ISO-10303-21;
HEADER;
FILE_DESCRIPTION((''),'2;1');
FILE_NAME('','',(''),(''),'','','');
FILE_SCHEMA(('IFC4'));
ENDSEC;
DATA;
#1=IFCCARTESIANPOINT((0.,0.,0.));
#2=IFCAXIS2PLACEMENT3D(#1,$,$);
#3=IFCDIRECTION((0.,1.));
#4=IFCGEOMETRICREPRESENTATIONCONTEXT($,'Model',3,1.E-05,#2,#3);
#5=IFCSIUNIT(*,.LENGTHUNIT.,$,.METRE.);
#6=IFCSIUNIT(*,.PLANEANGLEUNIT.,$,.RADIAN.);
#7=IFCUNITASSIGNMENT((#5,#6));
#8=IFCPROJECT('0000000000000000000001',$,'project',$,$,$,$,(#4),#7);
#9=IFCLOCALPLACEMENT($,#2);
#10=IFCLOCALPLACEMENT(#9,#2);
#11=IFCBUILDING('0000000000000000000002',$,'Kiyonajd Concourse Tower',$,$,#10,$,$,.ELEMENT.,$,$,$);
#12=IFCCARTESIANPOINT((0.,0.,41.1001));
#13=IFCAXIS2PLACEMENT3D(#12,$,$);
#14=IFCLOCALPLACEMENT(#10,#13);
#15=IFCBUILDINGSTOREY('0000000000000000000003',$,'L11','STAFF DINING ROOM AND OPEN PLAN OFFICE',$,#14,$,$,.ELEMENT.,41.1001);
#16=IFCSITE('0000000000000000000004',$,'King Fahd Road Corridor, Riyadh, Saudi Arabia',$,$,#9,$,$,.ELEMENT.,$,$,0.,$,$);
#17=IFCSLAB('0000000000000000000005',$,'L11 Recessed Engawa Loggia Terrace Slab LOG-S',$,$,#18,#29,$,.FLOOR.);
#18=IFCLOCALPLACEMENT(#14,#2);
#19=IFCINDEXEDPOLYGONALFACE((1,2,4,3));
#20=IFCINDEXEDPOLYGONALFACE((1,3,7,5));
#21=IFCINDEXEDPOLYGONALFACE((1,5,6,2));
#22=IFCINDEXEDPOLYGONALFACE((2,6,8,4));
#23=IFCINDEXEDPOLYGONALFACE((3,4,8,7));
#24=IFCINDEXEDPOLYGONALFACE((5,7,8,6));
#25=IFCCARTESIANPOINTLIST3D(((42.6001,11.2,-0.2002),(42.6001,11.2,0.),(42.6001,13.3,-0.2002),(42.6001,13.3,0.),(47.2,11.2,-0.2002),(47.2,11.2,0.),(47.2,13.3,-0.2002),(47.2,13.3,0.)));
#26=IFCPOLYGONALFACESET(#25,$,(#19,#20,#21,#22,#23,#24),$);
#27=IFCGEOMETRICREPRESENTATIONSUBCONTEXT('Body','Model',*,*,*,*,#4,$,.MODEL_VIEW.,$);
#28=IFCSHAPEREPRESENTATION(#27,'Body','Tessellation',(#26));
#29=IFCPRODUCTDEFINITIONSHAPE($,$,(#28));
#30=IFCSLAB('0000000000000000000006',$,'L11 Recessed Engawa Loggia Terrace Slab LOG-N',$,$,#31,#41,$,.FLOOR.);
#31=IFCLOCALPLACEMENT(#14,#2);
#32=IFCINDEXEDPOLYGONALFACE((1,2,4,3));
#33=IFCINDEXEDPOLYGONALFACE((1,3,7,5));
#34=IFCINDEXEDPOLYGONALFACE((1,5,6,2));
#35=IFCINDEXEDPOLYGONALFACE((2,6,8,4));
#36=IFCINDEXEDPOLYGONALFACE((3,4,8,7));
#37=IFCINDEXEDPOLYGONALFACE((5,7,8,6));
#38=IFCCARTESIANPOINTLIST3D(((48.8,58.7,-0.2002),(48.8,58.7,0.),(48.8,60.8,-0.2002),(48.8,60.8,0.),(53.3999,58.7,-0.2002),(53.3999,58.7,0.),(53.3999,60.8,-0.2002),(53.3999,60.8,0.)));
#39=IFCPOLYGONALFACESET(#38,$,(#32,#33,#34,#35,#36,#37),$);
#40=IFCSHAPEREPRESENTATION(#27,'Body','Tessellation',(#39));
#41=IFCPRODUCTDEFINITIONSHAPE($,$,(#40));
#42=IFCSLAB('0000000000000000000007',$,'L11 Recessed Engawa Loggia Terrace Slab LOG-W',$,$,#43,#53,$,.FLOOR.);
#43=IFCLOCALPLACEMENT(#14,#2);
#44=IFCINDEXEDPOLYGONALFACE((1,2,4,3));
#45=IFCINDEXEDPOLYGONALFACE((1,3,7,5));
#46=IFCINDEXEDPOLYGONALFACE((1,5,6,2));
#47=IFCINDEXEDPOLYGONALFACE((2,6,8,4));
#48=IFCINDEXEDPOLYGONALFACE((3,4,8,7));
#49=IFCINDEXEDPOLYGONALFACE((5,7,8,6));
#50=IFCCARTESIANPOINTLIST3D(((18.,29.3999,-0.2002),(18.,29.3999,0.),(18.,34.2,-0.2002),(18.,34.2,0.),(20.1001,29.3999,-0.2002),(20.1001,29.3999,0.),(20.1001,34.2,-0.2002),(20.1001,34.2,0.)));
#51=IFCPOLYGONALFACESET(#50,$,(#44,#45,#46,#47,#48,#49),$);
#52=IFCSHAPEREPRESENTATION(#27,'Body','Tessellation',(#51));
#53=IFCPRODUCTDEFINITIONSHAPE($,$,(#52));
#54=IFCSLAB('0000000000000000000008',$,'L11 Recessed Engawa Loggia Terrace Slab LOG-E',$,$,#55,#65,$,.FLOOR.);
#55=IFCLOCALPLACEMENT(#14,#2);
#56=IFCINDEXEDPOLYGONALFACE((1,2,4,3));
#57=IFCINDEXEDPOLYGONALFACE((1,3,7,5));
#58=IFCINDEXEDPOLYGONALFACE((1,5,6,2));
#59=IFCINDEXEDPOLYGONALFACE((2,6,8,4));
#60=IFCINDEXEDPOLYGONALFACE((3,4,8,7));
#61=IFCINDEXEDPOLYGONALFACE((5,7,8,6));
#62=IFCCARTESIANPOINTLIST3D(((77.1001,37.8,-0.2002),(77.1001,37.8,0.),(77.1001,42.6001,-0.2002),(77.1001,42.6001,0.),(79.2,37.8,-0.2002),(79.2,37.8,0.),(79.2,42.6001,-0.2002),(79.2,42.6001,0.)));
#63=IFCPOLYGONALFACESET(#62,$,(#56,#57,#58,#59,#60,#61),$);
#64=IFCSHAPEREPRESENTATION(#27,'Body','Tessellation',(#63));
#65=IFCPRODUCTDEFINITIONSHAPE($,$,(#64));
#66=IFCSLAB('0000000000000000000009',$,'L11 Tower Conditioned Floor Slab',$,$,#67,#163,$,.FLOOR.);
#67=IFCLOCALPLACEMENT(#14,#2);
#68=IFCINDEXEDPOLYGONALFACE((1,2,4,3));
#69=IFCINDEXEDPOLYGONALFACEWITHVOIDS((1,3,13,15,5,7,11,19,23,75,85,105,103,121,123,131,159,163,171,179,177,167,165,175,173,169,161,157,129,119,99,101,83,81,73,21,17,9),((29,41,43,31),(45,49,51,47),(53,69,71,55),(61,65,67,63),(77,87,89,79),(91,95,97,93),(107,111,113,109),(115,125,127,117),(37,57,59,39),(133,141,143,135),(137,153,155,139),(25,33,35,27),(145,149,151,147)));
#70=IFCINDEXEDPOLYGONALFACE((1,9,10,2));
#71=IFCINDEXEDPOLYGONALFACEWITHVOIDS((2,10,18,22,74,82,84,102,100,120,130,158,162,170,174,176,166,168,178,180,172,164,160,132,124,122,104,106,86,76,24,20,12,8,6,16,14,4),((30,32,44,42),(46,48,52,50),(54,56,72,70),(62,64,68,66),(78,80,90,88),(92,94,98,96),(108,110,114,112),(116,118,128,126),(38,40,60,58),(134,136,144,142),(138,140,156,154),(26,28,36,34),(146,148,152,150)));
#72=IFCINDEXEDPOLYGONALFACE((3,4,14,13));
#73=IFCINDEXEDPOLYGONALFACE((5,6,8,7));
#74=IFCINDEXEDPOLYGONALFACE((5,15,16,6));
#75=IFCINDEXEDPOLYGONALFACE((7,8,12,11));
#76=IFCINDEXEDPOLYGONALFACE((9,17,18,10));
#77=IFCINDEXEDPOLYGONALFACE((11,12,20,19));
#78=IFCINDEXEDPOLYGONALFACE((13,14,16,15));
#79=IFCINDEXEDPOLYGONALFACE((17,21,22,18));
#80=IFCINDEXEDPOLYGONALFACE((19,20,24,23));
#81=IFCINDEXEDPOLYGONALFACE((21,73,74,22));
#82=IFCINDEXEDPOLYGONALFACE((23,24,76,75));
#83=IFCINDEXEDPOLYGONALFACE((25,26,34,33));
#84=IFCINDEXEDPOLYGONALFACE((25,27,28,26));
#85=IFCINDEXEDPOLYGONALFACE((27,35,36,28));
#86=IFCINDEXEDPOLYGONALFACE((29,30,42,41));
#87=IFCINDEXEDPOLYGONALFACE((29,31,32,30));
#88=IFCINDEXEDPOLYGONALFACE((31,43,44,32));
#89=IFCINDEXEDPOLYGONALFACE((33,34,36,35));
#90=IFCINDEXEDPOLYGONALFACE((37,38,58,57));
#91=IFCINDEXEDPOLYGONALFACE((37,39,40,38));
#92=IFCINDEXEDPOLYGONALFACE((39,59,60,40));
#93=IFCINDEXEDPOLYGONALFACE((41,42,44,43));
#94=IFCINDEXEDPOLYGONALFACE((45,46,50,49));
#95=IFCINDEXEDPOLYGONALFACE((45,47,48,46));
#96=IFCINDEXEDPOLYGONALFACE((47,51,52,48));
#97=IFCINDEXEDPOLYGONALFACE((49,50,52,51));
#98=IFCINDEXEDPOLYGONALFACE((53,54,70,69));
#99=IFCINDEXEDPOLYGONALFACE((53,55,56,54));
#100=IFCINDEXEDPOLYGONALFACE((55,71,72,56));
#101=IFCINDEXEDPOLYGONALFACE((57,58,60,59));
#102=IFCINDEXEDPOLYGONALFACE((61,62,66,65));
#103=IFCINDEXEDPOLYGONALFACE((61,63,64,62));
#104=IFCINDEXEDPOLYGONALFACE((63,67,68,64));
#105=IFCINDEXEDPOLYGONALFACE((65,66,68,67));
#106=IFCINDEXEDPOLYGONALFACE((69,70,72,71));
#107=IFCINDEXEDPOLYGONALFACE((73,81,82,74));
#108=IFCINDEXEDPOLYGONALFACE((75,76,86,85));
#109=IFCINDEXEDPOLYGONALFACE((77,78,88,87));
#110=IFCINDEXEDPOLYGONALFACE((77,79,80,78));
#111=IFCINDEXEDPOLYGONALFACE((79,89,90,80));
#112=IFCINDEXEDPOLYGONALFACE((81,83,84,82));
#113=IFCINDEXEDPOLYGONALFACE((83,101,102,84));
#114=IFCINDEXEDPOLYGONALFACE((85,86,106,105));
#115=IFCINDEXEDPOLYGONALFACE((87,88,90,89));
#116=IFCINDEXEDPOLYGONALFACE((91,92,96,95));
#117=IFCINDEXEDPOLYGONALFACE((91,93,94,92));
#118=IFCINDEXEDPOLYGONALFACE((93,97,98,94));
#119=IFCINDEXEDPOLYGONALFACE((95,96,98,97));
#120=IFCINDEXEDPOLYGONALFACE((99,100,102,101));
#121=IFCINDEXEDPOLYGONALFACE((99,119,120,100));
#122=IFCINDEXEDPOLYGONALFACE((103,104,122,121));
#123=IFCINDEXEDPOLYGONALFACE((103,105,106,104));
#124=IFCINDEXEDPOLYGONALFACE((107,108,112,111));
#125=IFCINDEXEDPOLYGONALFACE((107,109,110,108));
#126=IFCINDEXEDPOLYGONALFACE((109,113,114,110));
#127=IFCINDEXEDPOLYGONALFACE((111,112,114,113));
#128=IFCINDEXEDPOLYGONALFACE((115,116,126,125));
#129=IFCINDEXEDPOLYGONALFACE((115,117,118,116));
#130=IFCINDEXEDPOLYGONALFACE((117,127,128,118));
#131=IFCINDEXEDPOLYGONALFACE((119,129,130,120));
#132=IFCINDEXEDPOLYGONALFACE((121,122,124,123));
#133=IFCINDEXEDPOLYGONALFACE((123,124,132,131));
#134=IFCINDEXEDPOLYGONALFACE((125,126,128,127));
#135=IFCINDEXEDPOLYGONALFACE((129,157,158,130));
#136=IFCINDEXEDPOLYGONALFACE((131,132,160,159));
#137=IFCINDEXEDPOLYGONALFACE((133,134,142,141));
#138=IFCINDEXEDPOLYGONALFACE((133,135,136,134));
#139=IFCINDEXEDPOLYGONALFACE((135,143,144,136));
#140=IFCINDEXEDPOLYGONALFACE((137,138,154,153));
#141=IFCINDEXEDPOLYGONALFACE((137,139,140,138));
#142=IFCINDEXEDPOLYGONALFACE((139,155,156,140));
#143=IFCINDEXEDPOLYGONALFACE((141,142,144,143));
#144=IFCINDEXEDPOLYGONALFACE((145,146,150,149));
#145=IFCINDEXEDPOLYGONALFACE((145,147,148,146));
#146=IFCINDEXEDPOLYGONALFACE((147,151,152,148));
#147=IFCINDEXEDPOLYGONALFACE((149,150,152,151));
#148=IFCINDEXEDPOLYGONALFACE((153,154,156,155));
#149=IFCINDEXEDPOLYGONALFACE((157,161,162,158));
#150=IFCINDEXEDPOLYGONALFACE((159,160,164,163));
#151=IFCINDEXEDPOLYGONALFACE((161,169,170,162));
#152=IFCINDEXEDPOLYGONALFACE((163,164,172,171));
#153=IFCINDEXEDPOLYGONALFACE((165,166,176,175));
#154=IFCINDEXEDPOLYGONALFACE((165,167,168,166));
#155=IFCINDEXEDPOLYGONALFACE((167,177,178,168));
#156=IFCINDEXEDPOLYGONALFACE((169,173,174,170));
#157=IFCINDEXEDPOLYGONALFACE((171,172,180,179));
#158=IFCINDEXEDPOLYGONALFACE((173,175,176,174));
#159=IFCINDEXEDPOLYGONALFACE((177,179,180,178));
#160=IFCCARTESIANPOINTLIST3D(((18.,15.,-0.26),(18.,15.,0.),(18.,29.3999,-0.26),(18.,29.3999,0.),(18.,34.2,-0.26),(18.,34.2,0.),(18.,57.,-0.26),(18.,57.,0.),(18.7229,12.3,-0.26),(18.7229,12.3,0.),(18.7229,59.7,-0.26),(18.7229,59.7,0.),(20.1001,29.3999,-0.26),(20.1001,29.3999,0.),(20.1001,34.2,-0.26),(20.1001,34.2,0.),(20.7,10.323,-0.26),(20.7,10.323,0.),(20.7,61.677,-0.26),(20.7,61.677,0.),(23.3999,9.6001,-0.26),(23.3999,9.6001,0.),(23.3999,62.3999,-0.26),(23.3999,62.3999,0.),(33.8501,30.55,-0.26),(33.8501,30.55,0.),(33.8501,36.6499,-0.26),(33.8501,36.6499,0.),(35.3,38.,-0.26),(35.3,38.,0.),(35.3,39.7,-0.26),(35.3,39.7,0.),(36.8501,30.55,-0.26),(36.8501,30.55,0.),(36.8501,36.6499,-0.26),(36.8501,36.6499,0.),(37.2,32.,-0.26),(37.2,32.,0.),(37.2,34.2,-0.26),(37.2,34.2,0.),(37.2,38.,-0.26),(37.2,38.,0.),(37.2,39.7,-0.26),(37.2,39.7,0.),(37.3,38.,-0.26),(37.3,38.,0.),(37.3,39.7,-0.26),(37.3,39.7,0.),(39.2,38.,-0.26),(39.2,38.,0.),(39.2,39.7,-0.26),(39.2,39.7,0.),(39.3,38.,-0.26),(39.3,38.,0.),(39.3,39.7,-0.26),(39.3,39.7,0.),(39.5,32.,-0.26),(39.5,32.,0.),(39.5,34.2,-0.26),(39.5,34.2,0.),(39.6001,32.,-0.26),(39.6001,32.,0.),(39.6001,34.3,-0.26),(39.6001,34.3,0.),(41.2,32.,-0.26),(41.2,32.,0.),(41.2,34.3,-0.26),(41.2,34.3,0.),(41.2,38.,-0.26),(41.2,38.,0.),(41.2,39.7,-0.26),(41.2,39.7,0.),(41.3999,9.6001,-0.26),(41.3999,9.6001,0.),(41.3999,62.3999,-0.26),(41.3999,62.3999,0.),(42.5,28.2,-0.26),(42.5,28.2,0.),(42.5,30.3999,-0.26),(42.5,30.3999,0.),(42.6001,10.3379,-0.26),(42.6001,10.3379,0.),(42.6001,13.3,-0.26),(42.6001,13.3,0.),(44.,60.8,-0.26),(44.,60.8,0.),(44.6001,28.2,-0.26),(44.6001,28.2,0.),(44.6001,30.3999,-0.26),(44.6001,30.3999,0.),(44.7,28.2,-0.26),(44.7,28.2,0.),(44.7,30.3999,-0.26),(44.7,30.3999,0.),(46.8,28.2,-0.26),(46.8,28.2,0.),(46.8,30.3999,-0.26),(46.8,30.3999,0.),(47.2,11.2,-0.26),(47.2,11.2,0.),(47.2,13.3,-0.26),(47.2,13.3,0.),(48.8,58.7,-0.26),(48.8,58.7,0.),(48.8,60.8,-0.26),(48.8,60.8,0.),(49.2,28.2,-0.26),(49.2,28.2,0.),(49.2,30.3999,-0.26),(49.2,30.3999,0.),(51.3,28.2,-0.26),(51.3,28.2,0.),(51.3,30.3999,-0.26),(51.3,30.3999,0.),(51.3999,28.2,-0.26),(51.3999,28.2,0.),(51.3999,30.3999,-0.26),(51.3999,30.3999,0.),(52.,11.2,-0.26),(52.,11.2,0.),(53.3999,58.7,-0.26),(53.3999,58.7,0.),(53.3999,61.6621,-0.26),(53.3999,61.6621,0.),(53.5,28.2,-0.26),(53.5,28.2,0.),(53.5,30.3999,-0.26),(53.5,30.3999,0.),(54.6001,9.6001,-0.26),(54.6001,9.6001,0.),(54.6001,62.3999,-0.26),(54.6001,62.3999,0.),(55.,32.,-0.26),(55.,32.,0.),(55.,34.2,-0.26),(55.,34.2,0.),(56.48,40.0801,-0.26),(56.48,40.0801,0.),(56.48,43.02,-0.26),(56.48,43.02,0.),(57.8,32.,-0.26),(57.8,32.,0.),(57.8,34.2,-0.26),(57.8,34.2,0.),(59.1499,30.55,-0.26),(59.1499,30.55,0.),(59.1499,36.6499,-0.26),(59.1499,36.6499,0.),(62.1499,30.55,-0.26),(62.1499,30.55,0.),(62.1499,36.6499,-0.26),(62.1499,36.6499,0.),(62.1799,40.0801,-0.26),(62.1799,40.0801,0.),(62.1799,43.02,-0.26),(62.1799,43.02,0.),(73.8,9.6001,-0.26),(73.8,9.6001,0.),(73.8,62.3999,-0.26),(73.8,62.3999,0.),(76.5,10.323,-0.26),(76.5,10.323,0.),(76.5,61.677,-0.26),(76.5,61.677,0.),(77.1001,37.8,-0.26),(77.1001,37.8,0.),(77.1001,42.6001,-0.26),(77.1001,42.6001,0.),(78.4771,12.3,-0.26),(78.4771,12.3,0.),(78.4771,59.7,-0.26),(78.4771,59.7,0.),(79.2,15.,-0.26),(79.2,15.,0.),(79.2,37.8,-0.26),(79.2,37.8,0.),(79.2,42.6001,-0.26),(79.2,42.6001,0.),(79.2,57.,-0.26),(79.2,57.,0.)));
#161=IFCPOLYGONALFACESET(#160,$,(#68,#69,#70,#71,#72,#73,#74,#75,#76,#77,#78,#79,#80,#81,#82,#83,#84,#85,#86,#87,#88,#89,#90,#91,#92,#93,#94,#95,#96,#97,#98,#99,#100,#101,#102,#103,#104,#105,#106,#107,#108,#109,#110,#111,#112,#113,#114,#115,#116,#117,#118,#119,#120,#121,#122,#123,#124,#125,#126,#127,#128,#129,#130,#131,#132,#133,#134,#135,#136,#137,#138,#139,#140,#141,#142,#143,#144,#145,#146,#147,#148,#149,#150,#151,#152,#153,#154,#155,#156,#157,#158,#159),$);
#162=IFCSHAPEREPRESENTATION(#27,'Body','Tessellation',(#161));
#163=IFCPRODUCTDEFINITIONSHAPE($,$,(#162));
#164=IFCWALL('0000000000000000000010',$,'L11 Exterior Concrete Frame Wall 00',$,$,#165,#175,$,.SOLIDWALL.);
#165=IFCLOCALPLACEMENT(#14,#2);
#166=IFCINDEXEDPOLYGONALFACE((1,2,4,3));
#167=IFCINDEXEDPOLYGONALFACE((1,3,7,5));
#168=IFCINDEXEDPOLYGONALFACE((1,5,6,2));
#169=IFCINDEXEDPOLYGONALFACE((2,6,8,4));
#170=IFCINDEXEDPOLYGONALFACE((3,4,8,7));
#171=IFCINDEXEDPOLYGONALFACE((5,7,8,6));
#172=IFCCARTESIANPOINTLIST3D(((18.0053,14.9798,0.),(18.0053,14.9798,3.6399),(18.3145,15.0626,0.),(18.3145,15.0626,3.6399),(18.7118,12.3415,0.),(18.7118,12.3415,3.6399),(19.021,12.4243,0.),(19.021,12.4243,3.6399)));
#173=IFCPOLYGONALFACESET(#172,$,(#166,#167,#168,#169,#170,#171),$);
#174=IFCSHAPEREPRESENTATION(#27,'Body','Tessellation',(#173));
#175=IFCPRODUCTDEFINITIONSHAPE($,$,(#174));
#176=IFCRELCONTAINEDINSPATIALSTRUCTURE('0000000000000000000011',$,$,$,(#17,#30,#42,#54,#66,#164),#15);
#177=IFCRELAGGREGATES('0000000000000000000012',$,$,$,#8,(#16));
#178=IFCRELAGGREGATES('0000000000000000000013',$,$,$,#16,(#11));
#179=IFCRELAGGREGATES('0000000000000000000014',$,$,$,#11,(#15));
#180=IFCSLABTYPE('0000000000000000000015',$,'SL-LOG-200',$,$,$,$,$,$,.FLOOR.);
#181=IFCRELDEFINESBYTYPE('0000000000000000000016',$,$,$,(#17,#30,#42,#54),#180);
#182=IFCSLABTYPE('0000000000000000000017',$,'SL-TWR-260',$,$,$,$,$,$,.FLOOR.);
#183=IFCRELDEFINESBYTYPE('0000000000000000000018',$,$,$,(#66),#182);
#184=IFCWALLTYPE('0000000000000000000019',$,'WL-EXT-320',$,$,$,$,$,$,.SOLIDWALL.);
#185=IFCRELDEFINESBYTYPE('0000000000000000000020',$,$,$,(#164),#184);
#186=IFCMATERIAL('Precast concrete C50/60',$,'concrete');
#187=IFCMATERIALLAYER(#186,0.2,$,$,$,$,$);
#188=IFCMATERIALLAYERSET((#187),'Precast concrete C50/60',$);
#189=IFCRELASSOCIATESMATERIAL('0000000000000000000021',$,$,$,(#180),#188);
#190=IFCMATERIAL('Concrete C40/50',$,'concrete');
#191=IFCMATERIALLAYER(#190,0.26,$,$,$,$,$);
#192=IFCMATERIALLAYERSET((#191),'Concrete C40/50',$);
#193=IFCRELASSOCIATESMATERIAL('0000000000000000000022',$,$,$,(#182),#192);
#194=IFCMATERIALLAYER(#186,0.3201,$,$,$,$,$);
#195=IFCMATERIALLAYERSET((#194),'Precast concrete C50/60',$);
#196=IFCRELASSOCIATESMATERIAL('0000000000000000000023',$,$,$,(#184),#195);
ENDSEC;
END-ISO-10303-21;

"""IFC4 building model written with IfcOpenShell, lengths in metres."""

from ifc_helpers import new_model, si_unit, direction, frame, frame_2d, origin, place, context, subcontext, project, spatial, polyline, rectangle, outline, extrude, material, layer, layer_set, type_object, element, save


model = new_model("IFC4")

# Units and contexts
model_context = context("Model", 3, precision=1e-05, world=origin(), true_north=direction((0.0, 1.0)))
body_context = subcontext(model_context, "Body", "Model", "MODEL_VIEW")
ifc_project = project(units=[si_unit("LENGTHUNIT", "METRE"), si_unit("PLANEANGLEUNIT", "RADIAN")], contexts=[model_context])

# Site, building, storey
site_placement = place(None, origin())
site = spatial("IfcSite", under=ifc_project, at=site_placement, Name="King Fahd Road Corridor, Riyadh, Saudi Arabia", CompositionType="ELEMENT", RefElevation=0.0)
building_placement = place(site_placement, origin())
building = spatial("IfcBuilding", under=site, at=building_placement, Name="Kiyonajd Concourse Tower", CompositionType="ELEMENT")
storey_placement = place(building_placement, frame((0.0, 0.0, 41.1001)))
storey = spatial("IfcBuildingStorey", under=building, at=storey_placement, Name="L11", Description="STAFF DINING ROOM AND OPEN PLAN OFFICE", CompositionType="ELEMENT", Elevation=41.1001)

# Shared definitions
ifc_material_1 = material(Name="Precast concrete C50/60", Category="concrete")

# Shared definitions
ifc_material_2 = material(Name="Concrete C40/50", Category="concrete")

# Slabs
ifc_layer_1 = layer(ifc_material_1, 0.2)
ifc_layer_set_1 = layer_set([ifc_layer_1], Name="Precast concrete C50/60")
slab_type_1 = type_object("IfcSlabType", Name="SL-LOG-200", PredefinedType="FLOOR", material=ifc_layer_set_1)
slab_1_placement = place(storey_placement, frame((0.0, 0.0, -0.2002)))
element("IfcSlab", 1, at=slab_1_placement, inside=storey, type_object=slab_type_1, Name="L11 Recessed Engawa Loggia Terrace Slab LOG-S", PredefinedType="FLOOR", context=body_context, shape_type="SweptSolid", body=[
    extrude(outline(polyline([(42.6001, 11.2), (47.2, 11.2), (47.2, 13.3), (42.6001, 13.3), (42.6001, 11.2)])), origin(), (0.0, 0.0, 1.0), 0.2002),
])
slab_2_placement = place(storey_placement, frame((0.0, 0.0, -0.2002)))
element("IfcSlab", 2, at=slab_2_placement, inside=storey, type_object=slab_type_1, Name="L11 Recessed Engawa Loggia Terrace Slab LOG-N", PredefinedType="FLOOR", context=body_context, shape_type="SweptSolid", body=[
    extrude(outline(polyline([(48.8, 58.7), (53.3999, 58.7), (53.3999, 60.8), (48.8, 60.8), (48.8, 58.7)])), origin(), (0.0, 0.0, 1.0), 0.2002),
])
slab_3_placement = place(storey_placement, frame((0.0, 0.0, -0.2002)))
element("IfcSlab", 3, at=slab_3_placement, inside=storey, type_object=slab_type_1, Name="L11 Recessed Engawa Loggia Terrace Slab LOG-W", PredefinedType="FLOOR", context=body_context, shape_type="SweptSolid", body=[
    extrude(outline(polyline([(18.0, 29.3999), (20.1001, 29.3999), (20.1001, 34.2), (18.0, 34.2), (18.0, 29.3999)])), origin(), (0.0, 0.0, 1.0), 0.2002),
])
slab_4_placement = place(storey_placement, frame((0.0, 0.0, -0.2002)))
element("IfcSlab", 4, at=slab_4_placement, inside=storey, type_object=slab_type_1, Name="L11 Recessed Engawa Loggia Terrace Slab LOG-E", PredefinedType="FLOOR", context=body_context, shape_type="SweptSolid", body=[
    extrude(outline(polyline([(77.1001, 37.8), (79.2, 37.8), (79.2, 42.6001), (77.1001, 42.6001), (77.1001, 37.8)])), origin(), (0.0, 0.0, 1.0), 0.2002),
])
ifc_layer_2 = layer(ifc_material_2, 0.26)
ifc_layer_set_2 = layer_set([ifc_layer_2], Name="Concrete C40/50")
slab_type_2 = type_object("IfcSlabType", Name="SL-TWR-260", PredefinedType="FLOOR", material=ifc_layer_set_2)
slab_5_placement = place(storey_placement, frame((0.0, 0.0, -0.26)))
element("IfcSlab", 5, at=slab_5_placement, inside=storey, type_object=slab_type_2, Name="L11 Tower Conditioned Floor Slab", PredefinedType="FLOOR", context=body_context, shape_type="SweptSolid", body=[
    extrude(outline(polyline([(18.7229, 12.3), (18.0, 15.0), (18.0, 29.3999), (20.1001, 29.3999), (20.1001, 34.2), (18.0, 34.2), (18.0, 57.0), (18.7229, 59.7), (20.7, 61.677), (23.3999, 62.3999), (41.3999, 62.3999), (44.0, 60.8), (48.8, 60.8), (48.8, 58.7), (53.3999, 58.7), (53.3999, 61.6621), (54.6001, 62.3999), (73.8, 62.3999), (76.5, 61.677), (78.4771, 59.7), (79.2, 57.0), (79.2, 42.6001), (77.1001, 42.6001), (77.1001, 37.8), (79.2, 37.8), (79.2, 15.0), (78.4771, 12.3), (76.5, 10.323), (73.8, 9.6001), (54.6001, 9.6001), (52.0, 11.2), (47.2, 11.2), (47.2, 13.3), (42.6001, 13.3), (42.6001, 10.3379), (41.3999, 9.6001), (23.3999, 9.6001), (20.7, 10.323), (18.7229, 12.3)]), holes=[polyline([(44.6001, 28.2), (42.5, 28.2), (42.5, 30.3999), (44.6001, 30.3999), (44.6001, 28.2)]), polyline([(37.2, 32.0), (37.2, 34.2), (39.5, 34.2), (39.5, 32.0), (37.2, 32.0)]), polyline([(39.6001, 32.0), (39.6001, 34.3), (41.2, 34.3), (41.2, 32.0), (39.6001, 32.0)]), polyline([(36.8501, 30.55), (33.8501, 30.55), (33.8501, 36.6499), (36.8501, 36.6499), (36.8501, 30.55)]), polyline([(35.3, 38.0), (35.3, 39.7), (37.2, 39.7), (37.2, 38.0), (35.3, 38.0)]), polyline([(37.3, 38.0), (37.3, 39.7), (39.2, 39.7), (39.2, 38.0), (37.3, 38.0)]), polyline([(41.2, 38.0), (39.3, 38.0), (39.3, 39.7), (41.2, 39.7), (41.2, 38.0)]), polyline([(44.7, 28.2), (44.7, 30.3999), (46.8, 30.3999), (46.8, 28.2), (44.7, 28.2)]), polyline([(49.2, 28.2), (49.2, 30.3999), (51.3, 30.3999), (51.3, 28.2), (49.2, 28.2)]), polyline([(51.3999, 28.2), (51.3999, 30.3999), (53.5, 30.3999), (53.5, 28.2), (51.3999, 28.2)]), polyline([(55.0, 32.0), (55.0, 34.2), (57.8, 34.2), (57.8, 32.0), (55.0, 32.0)]), polyline([(59.1499, 30.55), (59.1499, 36.6499), (62.1499, 36.6499), (62.1499, 30.55), (59.1499, 30.55)]), polyline([(56.48, 43.02), (62.1799, 43.02), (62.1799, 40.0801), (56.48, 40.0801), (56.48, 43.02)])]), origin(), (0.0, 0.0, 1.0), 0.26),
])

# Wall
ifc_layer_3 = layer(ifc_material_1, 0.3201)
ifc_layer_set_3 = layer_set([ifc_layer_3], Name="Precast concrete C50/60")
wall_type_1 = type_object("IfcWallType", Name="WL-EXT-320", PredefinedType="SOLIDWALL", material=ifc_layer_set_3)
wall_1_placement = place(storey_placement, frame((18.8665, 12.3828, 0.0), z_axis=(0.0, 0.0, 1.0), x_axis=(-0.258697, 0.965958, 0.0)))
element("IfcWall", 6, at=wall_1_placement, inside=storey, type_object=wall_type_1, Name="L11 Exterior Concrete Frame Wall 00", PredefinedType="SOLIDWALL", context=body_context, shape_type="SweptSolid", body=[
    extrude(rectangle(XDim=2.7312, YDim=0.3201, at=frame_2d((1.3657, 0.0))), origin(), (0.0, 0.0, 1.0), 3.6399),
])

save(model, "model.ifc")
